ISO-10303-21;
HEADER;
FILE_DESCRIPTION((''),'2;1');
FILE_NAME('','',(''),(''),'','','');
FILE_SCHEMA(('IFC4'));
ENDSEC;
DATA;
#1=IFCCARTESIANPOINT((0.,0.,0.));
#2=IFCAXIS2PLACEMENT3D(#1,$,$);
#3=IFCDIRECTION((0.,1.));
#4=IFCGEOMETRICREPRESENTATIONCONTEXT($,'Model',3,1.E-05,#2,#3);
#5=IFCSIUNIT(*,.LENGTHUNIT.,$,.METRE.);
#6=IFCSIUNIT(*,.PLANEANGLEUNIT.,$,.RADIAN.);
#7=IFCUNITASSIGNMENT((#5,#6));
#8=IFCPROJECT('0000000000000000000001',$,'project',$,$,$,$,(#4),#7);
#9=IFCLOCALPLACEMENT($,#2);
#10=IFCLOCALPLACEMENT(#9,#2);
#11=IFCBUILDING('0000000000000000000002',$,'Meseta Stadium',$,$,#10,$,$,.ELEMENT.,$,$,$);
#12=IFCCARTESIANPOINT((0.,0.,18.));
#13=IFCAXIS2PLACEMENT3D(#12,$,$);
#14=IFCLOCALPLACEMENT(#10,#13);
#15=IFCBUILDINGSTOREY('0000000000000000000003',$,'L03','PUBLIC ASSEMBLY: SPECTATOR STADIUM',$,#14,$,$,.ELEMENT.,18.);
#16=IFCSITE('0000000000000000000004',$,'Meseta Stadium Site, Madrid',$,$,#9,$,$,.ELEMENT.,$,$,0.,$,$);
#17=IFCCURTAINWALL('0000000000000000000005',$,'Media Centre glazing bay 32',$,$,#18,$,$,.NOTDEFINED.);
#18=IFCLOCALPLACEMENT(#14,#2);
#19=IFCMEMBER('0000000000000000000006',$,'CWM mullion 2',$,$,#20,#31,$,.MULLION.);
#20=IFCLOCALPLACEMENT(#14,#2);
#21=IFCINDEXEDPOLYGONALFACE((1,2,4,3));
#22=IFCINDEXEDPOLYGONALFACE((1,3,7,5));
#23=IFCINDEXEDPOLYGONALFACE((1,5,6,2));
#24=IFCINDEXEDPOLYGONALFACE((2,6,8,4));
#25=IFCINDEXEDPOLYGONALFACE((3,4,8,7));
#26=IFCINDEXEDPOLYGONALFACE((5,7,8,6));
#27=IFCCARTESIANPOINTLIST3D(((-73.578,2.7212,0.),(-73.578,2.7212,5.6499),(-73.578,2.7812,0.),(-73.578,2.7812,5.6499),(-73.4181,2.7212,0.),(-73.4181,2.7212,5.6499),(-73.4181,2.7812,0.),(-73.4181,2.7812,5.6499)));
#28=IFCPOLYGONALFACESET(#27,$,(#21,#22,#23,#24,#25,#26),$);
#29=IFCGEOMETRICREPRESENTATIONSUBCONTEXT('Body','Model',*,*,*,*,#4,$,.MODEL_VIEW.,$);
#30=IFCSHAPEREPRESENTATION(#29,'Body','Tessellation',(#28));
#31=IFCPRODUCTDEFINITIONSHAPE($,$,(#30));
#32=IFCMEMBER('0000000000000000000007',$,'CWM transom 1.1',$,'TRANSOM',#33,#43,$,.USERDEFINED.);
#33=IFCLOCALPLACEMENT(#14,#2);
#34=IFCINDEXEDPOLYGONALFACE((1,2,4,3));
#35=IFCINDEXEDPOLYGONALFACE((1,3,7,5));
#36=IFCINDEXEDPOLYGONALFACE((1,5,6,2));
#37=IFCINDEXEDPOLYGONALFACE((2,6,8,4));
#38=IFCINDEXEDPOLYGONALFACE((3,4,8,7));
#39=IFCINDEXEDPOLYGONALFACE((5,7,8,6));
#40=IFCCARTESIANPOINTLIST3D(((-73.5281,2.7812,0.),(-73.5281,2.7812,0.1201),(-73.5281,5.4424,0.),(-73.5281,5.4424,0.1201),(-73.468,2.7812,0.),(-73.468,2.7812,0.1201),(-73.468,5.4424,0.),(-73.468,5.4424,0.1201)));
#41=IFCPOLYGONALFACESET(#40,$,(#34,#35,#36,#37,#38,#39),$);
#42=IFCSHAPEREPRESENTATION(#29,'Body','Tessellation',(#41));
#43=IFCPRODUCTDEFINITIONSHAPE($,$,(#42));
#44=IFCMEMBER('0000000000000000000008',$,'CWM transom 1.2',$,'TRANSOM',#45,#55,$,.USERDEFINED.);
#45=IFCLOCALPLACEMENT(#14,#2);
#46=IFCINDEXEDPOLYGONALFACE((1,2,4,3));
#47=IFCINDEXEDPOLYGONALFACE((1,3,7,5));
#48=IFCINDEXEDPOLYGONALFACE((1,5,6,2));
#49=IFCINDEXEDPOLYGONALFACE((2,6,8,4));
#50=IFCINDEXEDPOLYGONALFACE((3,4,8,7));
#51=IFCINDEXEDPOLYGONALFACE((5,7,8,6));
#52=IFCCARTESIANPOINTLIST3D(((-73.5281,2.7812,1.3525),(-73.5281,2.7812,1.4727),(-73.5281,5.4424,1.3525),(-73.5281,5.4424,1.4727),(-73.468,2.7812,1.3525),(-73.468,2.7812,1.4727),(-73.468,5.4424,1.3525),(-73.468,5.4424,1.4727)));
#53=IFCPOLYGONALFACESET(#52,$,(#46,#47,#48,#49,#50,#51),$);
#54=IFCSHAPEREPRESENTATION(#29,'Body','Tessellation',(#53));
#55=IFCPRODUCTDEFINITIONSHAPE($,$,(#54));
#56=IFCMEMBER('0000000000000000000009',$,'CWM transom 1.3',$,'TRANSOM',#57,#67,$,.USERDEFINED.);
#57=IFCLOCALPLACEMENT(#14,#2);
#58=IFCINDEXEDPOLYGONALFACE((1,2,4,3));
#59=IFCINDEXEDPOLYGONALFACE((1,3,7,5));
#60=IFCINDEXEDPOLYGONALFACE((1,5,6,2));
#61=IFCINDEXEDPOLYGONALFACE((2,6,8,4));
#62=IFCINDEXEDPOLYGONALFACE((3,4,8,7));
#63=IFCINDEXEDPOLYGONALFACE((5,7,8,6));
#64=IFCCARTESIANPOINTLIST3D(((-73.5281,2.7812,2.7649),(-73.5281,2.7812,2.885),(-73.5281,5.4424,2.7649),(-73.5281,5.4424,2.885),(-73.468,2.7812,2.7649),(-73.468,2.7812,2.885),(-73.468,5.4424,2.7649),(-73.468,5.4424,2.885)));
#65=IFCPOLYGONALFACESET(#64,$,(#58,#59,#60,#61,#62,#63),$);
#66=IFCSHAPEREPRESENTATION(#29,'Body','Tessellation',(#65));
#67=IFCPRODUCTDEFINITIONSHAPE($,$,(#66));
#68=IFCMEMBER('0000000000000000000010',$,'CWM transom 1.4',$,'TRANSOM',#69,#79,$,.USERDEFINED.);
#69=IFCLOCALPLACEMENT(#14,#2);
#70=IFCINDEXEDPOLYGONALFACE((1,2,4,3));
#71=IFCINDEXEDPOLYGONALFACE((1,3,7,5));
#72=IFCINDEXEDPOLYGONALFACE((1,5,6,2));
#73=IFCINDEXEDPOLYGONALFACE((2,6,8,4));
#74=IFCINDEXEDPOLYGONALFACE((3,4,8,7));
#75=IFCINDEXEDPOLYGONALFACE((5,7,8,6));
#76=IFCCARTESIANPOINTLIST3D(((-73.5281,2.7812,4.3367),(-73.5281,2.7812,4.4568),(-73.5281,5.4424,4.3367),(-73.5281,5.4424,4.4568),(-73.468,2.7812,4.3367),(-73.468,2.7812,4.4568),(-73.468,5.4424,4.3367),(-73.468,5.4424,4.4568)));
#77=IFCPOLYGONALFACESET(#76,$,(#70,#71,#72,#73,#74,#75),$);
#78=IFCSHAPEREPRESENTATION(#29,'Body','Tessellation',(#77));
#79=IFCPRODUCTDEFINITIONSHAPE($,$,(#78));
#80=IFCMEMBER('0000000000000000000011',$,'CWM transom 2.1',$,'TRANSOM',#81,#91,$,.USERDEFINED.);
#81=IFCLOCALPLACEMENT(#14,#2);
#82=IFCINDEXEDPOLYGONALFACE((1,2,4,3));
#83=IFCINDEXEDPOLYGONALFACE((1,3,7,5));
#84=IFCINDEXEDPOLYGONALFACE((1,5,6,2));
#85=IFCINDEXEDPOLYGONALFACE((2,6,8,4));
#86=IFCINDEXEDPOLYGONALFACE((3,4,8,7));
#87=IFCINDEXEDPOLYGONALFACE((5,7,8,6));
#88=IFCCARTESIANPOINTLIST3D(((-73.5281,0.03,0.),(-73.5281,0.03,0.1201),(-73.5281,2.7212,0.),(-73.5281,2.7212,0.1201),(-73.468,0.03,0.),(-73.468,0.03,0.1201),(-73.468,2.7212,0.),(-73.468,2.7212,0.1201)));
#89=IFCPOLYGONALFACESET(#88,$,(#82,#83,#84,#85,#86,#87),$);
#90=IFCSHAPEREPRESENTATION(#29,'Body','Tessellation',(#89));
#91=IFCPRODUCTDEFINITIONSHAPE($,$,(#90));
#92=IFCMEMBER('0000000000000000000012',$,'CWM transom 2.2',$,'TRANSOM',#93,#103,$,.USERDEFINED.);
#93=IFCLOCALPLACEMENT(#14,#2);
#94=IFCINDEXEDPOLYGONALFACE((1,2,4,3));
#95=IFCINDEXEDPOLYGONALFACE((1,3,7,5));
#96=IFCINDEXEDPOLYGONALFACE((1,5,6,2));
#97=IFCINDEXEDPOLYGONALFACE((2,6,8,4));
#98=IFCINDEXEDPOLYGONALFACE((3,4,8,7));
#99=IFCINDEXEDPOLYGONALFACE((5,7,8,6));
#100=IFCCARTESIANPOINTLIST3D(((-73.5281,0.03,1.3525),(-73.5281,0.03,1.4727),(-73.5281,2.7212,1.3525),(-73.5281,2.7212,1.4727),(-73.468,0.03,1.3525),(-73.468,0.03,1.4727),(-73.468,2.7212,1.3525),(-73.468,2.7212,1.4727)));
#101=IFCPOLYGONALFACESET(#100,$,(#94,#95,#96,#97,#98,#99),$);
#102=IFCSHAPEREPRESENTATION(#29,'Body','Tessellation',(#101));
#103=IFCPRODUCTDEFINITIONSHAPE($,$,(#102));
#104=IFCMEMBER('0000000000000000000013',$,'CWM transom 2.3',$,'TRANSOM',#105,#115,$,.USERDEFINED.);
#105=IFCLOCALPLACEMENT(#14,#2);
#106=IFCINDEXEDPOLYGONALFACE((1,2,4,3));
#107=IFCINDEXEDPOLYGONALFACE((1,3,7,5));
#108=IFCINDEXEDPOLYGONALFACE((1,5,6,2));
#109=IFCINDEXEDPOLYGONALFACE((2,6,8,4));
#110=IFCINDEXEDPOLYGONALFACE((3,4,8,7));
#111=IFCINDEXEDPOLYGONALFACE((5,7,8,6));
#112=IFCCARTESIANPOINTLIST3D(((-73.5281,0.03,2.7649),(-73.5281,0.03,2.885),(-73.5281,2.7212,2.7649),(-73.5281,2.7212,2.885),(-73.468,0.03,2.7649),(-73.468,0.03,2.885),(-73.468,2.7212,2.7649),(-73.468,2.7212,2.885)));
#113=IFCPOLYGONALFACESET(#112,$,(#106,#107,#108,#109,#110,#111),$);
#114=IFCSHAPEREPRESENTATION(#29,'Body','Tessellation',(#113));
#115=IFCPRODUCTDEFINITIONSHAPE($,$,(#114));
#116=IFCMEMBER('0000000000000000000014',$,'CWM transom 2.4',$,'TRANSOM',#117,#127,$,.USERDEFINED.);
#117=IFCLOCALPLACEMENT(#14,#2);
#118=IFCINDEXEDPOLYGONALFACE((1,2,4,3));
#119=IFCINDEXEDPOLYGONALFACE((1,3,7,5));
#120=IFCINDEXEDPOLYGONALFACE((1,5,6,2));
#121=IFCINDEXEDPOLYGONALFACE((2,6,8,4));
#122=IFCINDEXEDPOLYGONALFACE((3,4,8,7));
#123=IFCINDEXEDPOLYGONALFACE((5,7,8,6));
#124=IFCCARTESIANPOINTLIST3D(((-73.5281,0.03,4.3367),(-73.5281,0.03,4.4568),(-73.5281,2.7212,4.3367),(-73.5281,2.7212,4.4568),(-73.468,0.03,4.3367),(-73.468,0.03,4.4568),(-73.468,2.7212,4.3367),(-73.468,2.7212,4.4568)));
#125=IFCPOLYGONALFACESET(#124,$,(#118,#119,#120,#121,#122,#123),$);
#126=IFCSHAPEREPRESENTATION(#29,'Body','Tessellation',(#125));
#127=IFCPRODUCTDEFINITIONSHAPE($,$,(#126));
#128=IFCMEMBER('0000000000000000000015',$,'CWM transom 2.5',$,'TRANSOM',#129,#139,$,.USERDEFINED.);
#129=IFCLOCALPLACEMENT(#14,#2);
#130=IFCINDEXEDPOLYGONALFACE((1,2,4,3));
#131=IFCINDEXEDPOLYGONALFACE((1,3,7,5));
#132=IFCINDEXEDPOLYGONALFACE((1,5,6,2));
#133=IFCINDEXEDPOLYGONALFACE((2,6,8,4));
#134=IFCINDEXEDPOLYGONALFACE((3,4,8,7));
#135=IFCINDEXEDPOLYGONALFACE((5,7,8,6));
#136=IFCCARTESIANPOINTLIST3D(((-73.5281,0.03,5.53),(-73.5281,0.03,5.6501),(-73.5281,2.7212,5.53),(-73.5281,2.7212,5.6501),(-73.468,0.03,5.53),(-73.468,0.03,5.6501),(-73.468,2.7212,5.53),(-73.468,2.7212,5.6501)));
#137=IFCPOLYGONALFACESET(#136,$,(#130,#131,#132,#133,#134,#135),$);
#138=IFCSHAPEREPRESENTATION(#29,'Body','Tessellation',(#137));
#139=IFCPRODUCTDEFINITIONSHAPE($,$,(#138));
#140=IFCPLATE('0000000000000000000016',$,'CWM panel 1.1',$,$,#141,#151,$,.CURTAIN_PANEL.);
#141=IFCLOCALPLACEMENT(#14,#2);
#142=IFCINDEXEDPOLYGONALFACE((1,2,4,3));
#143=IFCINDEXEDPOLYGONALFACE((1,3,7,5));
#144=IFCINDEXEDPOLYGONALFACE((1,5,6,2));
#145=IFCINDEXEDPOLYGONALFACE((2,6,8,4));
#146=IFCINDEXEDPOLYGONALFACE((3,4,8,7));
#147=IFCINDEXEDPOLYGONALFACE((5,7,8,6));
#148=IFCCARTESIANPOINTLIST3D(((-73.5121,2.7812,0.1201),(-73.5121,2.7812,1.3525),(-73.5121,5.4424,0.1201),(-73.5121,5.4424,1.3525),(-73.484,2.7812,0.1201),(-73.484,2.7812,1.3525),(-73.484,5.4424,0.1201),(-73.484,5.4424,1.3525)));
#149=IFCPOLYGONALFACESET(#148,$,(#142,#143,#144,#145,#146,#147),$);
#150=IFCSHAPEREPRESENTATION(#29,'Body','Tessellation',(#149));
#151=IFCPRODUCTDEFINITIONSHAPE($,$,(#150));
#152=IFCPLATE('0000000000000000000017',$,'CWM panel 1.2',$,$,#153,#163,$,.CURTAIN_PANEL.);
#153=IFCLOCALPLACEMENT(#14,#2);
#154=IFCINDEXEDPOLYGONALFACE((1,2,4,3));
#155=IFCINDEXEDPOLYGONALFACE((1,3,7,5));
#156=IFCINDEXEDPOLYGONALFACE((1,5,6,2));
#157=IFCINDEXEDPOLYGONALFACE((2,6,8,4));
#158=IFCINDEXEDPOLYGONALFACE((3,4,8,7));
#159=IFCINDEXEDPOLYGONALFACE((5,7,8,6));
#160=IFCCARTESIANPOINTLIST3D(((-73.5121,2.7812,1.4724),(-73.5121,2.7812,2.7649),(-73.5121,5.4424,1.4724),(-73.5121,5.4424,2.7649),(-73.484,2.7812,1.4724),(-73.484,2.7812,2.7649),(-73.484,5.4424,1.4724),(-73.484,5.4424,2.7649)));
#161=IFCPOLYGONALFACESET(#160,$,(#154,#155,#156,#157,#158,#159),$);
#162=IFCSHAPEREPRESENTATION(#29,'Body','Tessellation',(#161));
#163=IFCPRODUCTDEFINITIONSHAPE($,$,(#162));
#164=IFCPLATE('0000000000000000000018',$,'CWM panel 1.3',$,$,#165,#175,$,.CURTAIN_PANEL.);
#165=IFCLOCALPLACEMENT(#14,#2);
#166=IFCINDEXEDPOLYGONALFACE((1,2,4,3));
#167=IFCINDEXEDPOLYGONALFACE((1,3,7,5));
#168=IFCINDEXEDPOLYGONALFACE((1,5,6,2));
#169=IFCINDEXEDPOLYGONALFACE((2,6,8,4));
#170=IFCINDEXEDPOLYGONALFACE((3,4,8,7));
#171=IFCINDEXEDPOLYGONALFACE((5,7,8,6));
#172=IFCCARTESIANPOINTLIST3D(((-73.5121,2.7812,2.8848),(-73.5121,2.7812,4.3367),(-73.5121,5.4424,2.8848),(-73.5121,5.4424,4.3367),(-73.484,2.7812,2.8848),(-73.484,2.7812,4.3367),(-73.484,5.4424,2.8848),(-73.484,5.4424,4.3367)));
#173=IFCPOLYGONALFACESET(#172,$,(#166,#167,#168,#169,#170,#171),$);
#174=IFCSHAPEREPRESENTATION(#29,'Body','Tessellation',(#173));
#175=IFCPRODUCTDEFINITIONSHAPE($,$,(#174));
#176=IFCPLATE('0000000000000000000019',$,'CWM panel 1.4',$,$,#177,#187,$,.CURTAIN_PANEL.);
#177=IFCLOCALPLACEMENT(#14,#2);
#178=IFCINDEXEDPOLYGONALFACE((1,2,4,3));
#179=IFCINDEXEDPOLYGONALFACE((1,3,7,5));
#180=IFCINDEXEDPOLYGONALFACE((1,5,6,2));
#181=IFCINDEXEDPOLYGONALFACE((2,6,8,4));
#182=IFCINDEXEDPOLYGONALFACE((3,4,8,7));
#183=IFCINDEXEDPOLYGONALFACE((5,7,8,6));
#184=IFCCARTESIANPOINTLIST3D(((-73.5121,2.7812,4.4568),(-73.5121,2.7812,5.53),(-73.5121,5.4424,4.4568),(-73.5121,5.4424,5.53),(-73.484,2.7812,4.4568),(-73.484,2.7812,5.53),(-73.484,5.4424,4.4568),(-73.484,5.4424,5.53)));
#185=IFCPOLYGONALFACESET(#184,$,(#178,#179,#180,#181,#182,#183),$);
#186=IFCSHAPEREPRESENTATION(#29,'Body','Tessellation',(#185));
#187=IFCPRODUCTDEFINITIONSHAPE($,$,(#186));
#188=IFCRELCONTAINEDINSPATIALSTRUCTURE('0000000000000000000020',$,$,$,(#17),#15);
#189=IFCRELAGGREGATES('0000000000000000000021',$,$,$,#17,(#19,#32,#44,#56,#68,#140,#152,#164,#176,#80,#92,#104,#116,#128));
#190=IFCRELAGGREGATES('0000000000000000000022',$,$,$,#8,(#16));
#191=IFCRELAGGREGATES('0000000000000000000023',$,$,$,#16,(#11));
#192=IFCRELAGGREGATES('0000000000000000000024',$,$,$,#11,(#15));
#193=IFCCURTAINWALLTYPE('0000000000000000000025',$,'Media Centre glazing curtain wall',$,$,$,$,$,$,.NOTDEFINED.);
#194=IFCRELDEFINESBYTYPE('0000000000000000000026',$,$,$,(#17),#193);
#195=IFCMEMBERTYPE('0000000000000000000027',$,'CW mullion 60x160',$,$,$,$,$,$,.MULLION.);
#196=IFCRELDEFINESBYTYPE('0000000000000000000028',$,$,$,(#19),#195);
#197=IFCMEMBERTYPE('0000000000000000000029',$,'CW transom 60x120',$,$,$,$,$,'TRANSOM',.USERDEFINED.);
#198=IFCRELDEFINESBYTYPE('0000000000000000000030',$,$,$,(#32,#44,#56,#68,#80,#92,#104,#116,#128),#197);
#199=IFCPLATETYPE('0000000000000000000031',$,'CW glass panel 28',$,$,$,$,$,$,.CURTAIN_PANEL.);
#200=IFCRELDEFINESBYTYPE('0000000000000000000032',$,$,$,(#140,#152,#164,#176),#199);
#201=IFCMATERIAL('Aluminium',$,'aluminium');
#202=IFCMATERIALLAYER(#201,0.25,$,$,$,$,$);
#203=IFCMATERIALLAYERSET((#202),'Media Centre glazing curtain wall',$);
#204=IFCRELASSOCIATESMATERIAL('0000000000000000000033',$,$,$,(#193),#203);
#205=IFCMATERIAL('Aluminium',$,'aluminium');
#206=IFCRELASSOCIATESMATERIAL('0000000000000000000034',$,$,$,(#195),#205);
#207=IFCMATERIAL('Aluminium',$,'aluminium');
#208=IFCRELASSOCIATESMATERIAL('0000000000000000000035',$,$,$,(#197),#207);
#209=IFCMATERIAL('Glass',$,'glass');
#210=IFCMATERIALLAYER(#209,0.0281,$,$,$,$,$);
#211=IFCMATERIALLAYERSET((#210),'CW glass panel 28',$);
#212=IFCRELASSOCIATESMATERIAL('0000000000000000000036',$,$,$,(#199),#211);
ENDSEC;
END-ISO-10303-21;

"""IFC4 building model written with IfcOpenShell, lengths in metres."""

from ifc_helpers import new_model, si_unit, direction, frame, origin, origin_2d, place, context, subcontext, project, spatial, rectangle, extrude, material, layer, layer_set, material_profile, profile_set, type_object, element, aggregate, save


model = new_model("IFC4")

# Units and contexts
model_context = context("Model", 3, precision=1e-05, world=origin(), true_north=direction((0.0, 1.0)))
body_context = subcontext(model_context, "Body", "Model", "MODEL_VIEW")
ifc_project = project(units=[si_unit("LENGTHUNIT", "METRE"), si_unit("PLANEANGLEUNIT", "RADIAN")], contexts=[model_context])

# Site, building, storey
site_placement = place(None, origin())
site = spatial("IfcSite", under=ifc_project, at=site_placement, Name="Meseta Stadium Site, Madrid", CompositionType="ELEMENT", RefElevation=0.0)
building_placement = place(site_placement, origin())
building = spatial("IfcBuilding", under=site, at=building_placement, Name="Meseta Stadium", CompositionType="ELEMENT")
storey_placement = place(building_placement, frame((0.0, 0.0, 18.0)))
storey = spatial("IfcBuildingStorey", under=building, at=storey_placement, Name="L03", Description="PUBLIC ASSEMBLY: SPECTATOR STADIUM", CompositionType="ELEMENT", Elevation=18.0)

# Curtain wall, members, plates
ifc_material_1 = material(Name="Aluminium", Category="aluminium")
ifc_layer_1 = layer(ifc_material_1, 0.25)
ifc_layer_set_1 = layer_set([ifc_layer_1], Name="Media Centre glazing curtain wall")
curtain_wall_type = type_object("IfcCurtainWallType", Name="Media Centre glazing curtain wall", PredefinedType="NOTDEFINED", material=ifc_layer_set_1)
curtain_wall_placement = place(storey_placement, origin())
curtain_wall = element("IfcCurtainWall", 1, at=curtain_wall_placement, inside=storey, type_object=curtain_wall_type, Name="Media Centre glazing bay 32", PredefinedType="NOTDEFINED")
ifc_material_2 = material(Name="Aluminium", Category="aluminium")
ifc_material_profile_1 = material_profile(ifc_material_2, rectangle(XDim=0.1599, YDim=0.0601, at=origin_2d()), Name="CW 160x60")
ifc_profile_set_1 = profile_set([ifc_material_profile_1], Name="Aluminium")
member_type_1 = type_object("IfcMemberType", Name="CW mullion 60x160", PredefinedType="MULLION", material=ifc_profile_set_1)
member_1_placement = place(storey_placement, frame((-73.498, 2.7512, 0.0), z_axis=(0.0, 0.0, 1.0), x_axis=(1.0, 0.0, 0.0)))
member_1 = element("IfcMember", 2, at=member_1_placement, type_object=member_type_1, Name="CWM mullion 2", PredefinedType="MULLION", context=body_context, shape_type="SweptSolid", body=[
    extrude(rectangle(XDim=0.1599, YDim=0.0601, at=origin_2d()), origin(), (0.0, 0.0, 1.0), 5.6499),
])
ifc_material_3 = material(Name="Aluminium", Category="aluminium")
ifc_material_profile_2 = material_profile(ifc_material_3, rectangle(XDim=0.0601, YDim=0.1201, at=origin_2d()), Name="CW 60x120")
ifc_profile_set_2 = profile_set([ifc_material_profile_2], Name="Aluminium")
member_type_2 = type_object("IfcMemberType", Name="CW transom 60x120", ElementType="TRANSOM", PredefinedType="USERDEFINED", material=ifc_profile_set_2)
member_2_placement = place(storey_placement, frame((-73.498, 5.4424, 0.0601), z_axis=(0.0, -1.0, 0.0), x_axis=(1.0, 0.0, 0.0)))
member_2 = element("IfcMember", 3, at=member_2_placement, type_object=member_type_2, Name="CWM transom 1.1", ObjectType="TRANSOM", PredefinedType="USERDEFINED", context=body_context, shape_type="SweptSolid", body=[
    extrude(rectangle(XDim=0.0601, YDim=0.1201, at=origin_2d()), origin(), (0.0, 0.0, 1.0), 2.6611),
])
member_3_placement = place(storey_placement, frame((-73.498, 5.4424, 1.4126), z_axis=(0.0, -1.0, 0.0), x_axis=(1.0, 0.0, 0.0)))
member_3 = element("IfcMember", 4, at=member_3_placement, type_object=member_type_2, Name="CWM transom 1.2", ObjectType="TRANSOM", PredefinedType="USERDEFINED", context=body_context, shape_type="SweptSolid", body=[
    extrude(rectangle(XDim=0.0601, YDim=0.1201, at=origin_2d()), origin(), (0.0, 0.0, 1.0), 2.6611),
])
member_4_placement = place(storey_placement, frame((-73.498, 5.4424, 2.825), z_axis=(0.0, -1.0, 0.0), x_axis=(1.0, 0.0, 0.0)))
member_4 = element("IfcMember", 5, at=member_4_placement, type_object=member_type_2, Name="CWM transom 1.3", ObjectType="TRANSOM", PredefinedType="USERDEFINED", context=body_context, shape_type="SweptSolid", body=[
    extrude(rectangle(XDim=0.0601, YDim=0.1201, at=origin_2d()), origin(), (0.0, 0.0, 1.0), 2.6611),
])
member_5_placement = place(storey_placement, frame((-73.498, 5.4424, 4.3967), z_axis=(0.0, -1.0, 0.0), x_axis=(1.0, 0.0, 0.0)))
member_5 = element("IfcMember", 6, at=member_5_placement, type_object=member_type_2, Name="CWM transom 1.4", ObjectType="TRANSOM", PredefinedType="USERDEFINED", context=body_context, shape_type="SweptSolid", body=[
    extrude(rectangle(XDim=0.0601, YDim=0.1201, at=origin_2d()), origin(), (0.0, 0.0, 1.0), 2.6611),
])
member_6_placement = place(storey_placement, frame((-73.498, 2.7212, 0.0601), z_axis=(0.0, -1.0, 0.0), x_axis=(1.0, 0.0, 0.0)))
member_6 = element("IfcMember", 7, at=member_6_placement, type_object=member_type_2, Name="CWM transom 2.1", ObjectType="TRANSOM", PredefinedType="USERDEFINED", context=body_context, shape_type="SweptSolid", body=[
    extrude(rectangle(XDim=0.0601, YDim=0.1201, at=origin_2d()), origin(), (0.0, 0.0, 1.0), 2.6912),
])
member_7_placement = place(storey_placement, frame((-73.498, 2.7212, 1.4126), z_axis=(0.0, -1.0, 0.0), x_axis=(1.0, 0.0, 0.0)))
member_7 = element("IfcMember", 8, at=member_7_placement, type_object=member_type_2, Name="CWM transom 2.2", ObjectType="TRANSOM", PredefinedType="USERDEFINED", context=body_context, shape_type="SweptSolid", body=[
    extrude(rectangle(XDim=0.0601, YDim=0.1201, at=origin_2d()), origin(), (0.0, 0.0, 1.0), 2.6912),
])
member_8_placement = place(storey_placement, frame((-73.498, 2.7212, 2.825), z_axis=(0.0, -1.0, 0.0), x_axis=(1.0, 0.0, 0.0)))
member_8 = element("IfcMember", 9, at=member_8_placement, type_object=member_type_2, Name="CWM transom 2.3", ObjectType="TRANSOM", PredefinedType="USERDEFINED", context=body_context, shape_type="SweptSolid", body=[
    extrude(rectangle(XDim=0.0601, YDim=0.1201, at=origin_2d()), origin(), (0.0, 0.0, 1.0), 2.6912),
])
member_9_placement = place(storey_placement, frame((-73.498, 2.7212, 4.3967), z_axis=(0.0, -1.0, 0.0), x_axis=(1.0, 0.0, 0.0)))
member_9 = element("IfcMember", 10, at=member_9_placement, type_object=member_type_2, Name="CWM transom 2.4", ObjectType="TRANSOM", PredefinedType="USERDEFINED", context=body_context, shape_type="SweptSolid", body=[
    extrude(rectangle(XDim=0.0601, YDim=0.1201, at=origin_2d()), origin(), (0.0, 0.0, 1.0), 2.6912),
])
member_10_placement = place(storey_placement, frame((-73.498, 2.7212, 5.5901), z_axis=(0.0, -1.0, 0.0), x_axis=(1.0, 0.0, 0.0)))
member_10 = element("IfcMember", 11, at=member_10_placement, type_object=member_type_2, Name="CWM transom 2.5", ObjectType="TRANSOM", PredefinedType="USERDEFINED", context=body_context, shape_type="SweptSolid", body=[
    extrude(rectangle(XDim=0.0601, YDim=0.1201, at=origin_2d()), origin(), (0.0, 0.0, 1.0), 2.6912),
])
ifc_material_4 = material(Name="Glass", Category="glass")
ifc_layer_2 = layer(ifc_material_4, 0.0281)
ifc_layer_set_2 = layer_set([ifc_layer_2], Name="CW glass panel 28")
plate_type = type_object("IfcPlateType", Name="CW glass panel 28", PredefinedType="CURTAIN_PANEL", material=ifc_layer_set_2)
plate_1_placement = place(storey_placement, frame((-73.498, 4.1118, 0.1201), z_axis=(0.0, 0.0, 1.0), x_axis=(0.0, -1.0, 0.0)))
plate_1 = element("IfcPlate", 12, at=plate_1_placement, type_object=plate_type, Name="CWM panel 1.1", PredefinedType="CURTAIN_PANEL", context=body_context, shape_type="SweptSolid", body=[
    extrude(rectangle(XDim=2.6611, YDim=0.0281, at=origin_2d()), origin(), (0.0, 0.0, 1.0), 1.2324),
])
plate_2_placement = place(storey_placement, frame((-73.498, 4.1118, 1.4724), z_axis=(0.0, 0.0, 1.0), x_axis=(0.0, -1.0, 0.0)))
plate_2 = element("IfcPlate", 13, at=plate_2_placement, type_object=plate_type, Name="CWM panel 1.2", PredefinedType="CURTAIN_PANEL", context=body_context, shape_type="SweptSolid", body=[
    extrude(rectangle(XDim=2.6611, YDim=0.0281, at=origin_2d()), origin(), (0.0, 0.0, 1.0), 1.2925),
])
plate_3_placement = place(storey_placement, frame((-73.498, 4.1118, 2.8848), z_axis=(0.0, 0.0, 1.0), x_axis=(0.0, -1.0, 0.0)))
plate_3 = element("IfcPlate", 14, at=plate_3_placement, type_object=plate_type, Name="CWM panel 1.3", PredefinedType="CURTAIN_PANEL", context=body_context, shape_type="SweptSolid", body=[
    extrude(rectangle(XDim=2.6611, YDim=0.0281, at=origin_2d()), origin(), (0.0, 0.0, 1.0), 1.4519),
])
plate_4_placement = place(storey_placement, frame((-73.498, 4.1118, 4.4568), z_axis=(0.0, 0.0, 1.0), x_axis=(0.0, -1.0, 0.0)))
plate_4 = element("IfcPlate", 15, at=plate_4_placement, type_object=plate_type, Name="CWM panel 1.4", PredefinedType="CURTAIN_PANEL", context=body_context, shape_type="SweptSolid", body=[
    extrude(rectangle(XDim=2.6611, YDim=0.0281, at=origin_2d()), origin(), (0.0, 0.0, 1.0), 1.0732),
])
aggregate(curtain_wall, [member_1, member_2, member_3, member_4, member_5, plate_1, plate_2, plate_3, plate_4, member_6, member_7, member_8, member_9, member_10])

save(model, "model.ifc")
